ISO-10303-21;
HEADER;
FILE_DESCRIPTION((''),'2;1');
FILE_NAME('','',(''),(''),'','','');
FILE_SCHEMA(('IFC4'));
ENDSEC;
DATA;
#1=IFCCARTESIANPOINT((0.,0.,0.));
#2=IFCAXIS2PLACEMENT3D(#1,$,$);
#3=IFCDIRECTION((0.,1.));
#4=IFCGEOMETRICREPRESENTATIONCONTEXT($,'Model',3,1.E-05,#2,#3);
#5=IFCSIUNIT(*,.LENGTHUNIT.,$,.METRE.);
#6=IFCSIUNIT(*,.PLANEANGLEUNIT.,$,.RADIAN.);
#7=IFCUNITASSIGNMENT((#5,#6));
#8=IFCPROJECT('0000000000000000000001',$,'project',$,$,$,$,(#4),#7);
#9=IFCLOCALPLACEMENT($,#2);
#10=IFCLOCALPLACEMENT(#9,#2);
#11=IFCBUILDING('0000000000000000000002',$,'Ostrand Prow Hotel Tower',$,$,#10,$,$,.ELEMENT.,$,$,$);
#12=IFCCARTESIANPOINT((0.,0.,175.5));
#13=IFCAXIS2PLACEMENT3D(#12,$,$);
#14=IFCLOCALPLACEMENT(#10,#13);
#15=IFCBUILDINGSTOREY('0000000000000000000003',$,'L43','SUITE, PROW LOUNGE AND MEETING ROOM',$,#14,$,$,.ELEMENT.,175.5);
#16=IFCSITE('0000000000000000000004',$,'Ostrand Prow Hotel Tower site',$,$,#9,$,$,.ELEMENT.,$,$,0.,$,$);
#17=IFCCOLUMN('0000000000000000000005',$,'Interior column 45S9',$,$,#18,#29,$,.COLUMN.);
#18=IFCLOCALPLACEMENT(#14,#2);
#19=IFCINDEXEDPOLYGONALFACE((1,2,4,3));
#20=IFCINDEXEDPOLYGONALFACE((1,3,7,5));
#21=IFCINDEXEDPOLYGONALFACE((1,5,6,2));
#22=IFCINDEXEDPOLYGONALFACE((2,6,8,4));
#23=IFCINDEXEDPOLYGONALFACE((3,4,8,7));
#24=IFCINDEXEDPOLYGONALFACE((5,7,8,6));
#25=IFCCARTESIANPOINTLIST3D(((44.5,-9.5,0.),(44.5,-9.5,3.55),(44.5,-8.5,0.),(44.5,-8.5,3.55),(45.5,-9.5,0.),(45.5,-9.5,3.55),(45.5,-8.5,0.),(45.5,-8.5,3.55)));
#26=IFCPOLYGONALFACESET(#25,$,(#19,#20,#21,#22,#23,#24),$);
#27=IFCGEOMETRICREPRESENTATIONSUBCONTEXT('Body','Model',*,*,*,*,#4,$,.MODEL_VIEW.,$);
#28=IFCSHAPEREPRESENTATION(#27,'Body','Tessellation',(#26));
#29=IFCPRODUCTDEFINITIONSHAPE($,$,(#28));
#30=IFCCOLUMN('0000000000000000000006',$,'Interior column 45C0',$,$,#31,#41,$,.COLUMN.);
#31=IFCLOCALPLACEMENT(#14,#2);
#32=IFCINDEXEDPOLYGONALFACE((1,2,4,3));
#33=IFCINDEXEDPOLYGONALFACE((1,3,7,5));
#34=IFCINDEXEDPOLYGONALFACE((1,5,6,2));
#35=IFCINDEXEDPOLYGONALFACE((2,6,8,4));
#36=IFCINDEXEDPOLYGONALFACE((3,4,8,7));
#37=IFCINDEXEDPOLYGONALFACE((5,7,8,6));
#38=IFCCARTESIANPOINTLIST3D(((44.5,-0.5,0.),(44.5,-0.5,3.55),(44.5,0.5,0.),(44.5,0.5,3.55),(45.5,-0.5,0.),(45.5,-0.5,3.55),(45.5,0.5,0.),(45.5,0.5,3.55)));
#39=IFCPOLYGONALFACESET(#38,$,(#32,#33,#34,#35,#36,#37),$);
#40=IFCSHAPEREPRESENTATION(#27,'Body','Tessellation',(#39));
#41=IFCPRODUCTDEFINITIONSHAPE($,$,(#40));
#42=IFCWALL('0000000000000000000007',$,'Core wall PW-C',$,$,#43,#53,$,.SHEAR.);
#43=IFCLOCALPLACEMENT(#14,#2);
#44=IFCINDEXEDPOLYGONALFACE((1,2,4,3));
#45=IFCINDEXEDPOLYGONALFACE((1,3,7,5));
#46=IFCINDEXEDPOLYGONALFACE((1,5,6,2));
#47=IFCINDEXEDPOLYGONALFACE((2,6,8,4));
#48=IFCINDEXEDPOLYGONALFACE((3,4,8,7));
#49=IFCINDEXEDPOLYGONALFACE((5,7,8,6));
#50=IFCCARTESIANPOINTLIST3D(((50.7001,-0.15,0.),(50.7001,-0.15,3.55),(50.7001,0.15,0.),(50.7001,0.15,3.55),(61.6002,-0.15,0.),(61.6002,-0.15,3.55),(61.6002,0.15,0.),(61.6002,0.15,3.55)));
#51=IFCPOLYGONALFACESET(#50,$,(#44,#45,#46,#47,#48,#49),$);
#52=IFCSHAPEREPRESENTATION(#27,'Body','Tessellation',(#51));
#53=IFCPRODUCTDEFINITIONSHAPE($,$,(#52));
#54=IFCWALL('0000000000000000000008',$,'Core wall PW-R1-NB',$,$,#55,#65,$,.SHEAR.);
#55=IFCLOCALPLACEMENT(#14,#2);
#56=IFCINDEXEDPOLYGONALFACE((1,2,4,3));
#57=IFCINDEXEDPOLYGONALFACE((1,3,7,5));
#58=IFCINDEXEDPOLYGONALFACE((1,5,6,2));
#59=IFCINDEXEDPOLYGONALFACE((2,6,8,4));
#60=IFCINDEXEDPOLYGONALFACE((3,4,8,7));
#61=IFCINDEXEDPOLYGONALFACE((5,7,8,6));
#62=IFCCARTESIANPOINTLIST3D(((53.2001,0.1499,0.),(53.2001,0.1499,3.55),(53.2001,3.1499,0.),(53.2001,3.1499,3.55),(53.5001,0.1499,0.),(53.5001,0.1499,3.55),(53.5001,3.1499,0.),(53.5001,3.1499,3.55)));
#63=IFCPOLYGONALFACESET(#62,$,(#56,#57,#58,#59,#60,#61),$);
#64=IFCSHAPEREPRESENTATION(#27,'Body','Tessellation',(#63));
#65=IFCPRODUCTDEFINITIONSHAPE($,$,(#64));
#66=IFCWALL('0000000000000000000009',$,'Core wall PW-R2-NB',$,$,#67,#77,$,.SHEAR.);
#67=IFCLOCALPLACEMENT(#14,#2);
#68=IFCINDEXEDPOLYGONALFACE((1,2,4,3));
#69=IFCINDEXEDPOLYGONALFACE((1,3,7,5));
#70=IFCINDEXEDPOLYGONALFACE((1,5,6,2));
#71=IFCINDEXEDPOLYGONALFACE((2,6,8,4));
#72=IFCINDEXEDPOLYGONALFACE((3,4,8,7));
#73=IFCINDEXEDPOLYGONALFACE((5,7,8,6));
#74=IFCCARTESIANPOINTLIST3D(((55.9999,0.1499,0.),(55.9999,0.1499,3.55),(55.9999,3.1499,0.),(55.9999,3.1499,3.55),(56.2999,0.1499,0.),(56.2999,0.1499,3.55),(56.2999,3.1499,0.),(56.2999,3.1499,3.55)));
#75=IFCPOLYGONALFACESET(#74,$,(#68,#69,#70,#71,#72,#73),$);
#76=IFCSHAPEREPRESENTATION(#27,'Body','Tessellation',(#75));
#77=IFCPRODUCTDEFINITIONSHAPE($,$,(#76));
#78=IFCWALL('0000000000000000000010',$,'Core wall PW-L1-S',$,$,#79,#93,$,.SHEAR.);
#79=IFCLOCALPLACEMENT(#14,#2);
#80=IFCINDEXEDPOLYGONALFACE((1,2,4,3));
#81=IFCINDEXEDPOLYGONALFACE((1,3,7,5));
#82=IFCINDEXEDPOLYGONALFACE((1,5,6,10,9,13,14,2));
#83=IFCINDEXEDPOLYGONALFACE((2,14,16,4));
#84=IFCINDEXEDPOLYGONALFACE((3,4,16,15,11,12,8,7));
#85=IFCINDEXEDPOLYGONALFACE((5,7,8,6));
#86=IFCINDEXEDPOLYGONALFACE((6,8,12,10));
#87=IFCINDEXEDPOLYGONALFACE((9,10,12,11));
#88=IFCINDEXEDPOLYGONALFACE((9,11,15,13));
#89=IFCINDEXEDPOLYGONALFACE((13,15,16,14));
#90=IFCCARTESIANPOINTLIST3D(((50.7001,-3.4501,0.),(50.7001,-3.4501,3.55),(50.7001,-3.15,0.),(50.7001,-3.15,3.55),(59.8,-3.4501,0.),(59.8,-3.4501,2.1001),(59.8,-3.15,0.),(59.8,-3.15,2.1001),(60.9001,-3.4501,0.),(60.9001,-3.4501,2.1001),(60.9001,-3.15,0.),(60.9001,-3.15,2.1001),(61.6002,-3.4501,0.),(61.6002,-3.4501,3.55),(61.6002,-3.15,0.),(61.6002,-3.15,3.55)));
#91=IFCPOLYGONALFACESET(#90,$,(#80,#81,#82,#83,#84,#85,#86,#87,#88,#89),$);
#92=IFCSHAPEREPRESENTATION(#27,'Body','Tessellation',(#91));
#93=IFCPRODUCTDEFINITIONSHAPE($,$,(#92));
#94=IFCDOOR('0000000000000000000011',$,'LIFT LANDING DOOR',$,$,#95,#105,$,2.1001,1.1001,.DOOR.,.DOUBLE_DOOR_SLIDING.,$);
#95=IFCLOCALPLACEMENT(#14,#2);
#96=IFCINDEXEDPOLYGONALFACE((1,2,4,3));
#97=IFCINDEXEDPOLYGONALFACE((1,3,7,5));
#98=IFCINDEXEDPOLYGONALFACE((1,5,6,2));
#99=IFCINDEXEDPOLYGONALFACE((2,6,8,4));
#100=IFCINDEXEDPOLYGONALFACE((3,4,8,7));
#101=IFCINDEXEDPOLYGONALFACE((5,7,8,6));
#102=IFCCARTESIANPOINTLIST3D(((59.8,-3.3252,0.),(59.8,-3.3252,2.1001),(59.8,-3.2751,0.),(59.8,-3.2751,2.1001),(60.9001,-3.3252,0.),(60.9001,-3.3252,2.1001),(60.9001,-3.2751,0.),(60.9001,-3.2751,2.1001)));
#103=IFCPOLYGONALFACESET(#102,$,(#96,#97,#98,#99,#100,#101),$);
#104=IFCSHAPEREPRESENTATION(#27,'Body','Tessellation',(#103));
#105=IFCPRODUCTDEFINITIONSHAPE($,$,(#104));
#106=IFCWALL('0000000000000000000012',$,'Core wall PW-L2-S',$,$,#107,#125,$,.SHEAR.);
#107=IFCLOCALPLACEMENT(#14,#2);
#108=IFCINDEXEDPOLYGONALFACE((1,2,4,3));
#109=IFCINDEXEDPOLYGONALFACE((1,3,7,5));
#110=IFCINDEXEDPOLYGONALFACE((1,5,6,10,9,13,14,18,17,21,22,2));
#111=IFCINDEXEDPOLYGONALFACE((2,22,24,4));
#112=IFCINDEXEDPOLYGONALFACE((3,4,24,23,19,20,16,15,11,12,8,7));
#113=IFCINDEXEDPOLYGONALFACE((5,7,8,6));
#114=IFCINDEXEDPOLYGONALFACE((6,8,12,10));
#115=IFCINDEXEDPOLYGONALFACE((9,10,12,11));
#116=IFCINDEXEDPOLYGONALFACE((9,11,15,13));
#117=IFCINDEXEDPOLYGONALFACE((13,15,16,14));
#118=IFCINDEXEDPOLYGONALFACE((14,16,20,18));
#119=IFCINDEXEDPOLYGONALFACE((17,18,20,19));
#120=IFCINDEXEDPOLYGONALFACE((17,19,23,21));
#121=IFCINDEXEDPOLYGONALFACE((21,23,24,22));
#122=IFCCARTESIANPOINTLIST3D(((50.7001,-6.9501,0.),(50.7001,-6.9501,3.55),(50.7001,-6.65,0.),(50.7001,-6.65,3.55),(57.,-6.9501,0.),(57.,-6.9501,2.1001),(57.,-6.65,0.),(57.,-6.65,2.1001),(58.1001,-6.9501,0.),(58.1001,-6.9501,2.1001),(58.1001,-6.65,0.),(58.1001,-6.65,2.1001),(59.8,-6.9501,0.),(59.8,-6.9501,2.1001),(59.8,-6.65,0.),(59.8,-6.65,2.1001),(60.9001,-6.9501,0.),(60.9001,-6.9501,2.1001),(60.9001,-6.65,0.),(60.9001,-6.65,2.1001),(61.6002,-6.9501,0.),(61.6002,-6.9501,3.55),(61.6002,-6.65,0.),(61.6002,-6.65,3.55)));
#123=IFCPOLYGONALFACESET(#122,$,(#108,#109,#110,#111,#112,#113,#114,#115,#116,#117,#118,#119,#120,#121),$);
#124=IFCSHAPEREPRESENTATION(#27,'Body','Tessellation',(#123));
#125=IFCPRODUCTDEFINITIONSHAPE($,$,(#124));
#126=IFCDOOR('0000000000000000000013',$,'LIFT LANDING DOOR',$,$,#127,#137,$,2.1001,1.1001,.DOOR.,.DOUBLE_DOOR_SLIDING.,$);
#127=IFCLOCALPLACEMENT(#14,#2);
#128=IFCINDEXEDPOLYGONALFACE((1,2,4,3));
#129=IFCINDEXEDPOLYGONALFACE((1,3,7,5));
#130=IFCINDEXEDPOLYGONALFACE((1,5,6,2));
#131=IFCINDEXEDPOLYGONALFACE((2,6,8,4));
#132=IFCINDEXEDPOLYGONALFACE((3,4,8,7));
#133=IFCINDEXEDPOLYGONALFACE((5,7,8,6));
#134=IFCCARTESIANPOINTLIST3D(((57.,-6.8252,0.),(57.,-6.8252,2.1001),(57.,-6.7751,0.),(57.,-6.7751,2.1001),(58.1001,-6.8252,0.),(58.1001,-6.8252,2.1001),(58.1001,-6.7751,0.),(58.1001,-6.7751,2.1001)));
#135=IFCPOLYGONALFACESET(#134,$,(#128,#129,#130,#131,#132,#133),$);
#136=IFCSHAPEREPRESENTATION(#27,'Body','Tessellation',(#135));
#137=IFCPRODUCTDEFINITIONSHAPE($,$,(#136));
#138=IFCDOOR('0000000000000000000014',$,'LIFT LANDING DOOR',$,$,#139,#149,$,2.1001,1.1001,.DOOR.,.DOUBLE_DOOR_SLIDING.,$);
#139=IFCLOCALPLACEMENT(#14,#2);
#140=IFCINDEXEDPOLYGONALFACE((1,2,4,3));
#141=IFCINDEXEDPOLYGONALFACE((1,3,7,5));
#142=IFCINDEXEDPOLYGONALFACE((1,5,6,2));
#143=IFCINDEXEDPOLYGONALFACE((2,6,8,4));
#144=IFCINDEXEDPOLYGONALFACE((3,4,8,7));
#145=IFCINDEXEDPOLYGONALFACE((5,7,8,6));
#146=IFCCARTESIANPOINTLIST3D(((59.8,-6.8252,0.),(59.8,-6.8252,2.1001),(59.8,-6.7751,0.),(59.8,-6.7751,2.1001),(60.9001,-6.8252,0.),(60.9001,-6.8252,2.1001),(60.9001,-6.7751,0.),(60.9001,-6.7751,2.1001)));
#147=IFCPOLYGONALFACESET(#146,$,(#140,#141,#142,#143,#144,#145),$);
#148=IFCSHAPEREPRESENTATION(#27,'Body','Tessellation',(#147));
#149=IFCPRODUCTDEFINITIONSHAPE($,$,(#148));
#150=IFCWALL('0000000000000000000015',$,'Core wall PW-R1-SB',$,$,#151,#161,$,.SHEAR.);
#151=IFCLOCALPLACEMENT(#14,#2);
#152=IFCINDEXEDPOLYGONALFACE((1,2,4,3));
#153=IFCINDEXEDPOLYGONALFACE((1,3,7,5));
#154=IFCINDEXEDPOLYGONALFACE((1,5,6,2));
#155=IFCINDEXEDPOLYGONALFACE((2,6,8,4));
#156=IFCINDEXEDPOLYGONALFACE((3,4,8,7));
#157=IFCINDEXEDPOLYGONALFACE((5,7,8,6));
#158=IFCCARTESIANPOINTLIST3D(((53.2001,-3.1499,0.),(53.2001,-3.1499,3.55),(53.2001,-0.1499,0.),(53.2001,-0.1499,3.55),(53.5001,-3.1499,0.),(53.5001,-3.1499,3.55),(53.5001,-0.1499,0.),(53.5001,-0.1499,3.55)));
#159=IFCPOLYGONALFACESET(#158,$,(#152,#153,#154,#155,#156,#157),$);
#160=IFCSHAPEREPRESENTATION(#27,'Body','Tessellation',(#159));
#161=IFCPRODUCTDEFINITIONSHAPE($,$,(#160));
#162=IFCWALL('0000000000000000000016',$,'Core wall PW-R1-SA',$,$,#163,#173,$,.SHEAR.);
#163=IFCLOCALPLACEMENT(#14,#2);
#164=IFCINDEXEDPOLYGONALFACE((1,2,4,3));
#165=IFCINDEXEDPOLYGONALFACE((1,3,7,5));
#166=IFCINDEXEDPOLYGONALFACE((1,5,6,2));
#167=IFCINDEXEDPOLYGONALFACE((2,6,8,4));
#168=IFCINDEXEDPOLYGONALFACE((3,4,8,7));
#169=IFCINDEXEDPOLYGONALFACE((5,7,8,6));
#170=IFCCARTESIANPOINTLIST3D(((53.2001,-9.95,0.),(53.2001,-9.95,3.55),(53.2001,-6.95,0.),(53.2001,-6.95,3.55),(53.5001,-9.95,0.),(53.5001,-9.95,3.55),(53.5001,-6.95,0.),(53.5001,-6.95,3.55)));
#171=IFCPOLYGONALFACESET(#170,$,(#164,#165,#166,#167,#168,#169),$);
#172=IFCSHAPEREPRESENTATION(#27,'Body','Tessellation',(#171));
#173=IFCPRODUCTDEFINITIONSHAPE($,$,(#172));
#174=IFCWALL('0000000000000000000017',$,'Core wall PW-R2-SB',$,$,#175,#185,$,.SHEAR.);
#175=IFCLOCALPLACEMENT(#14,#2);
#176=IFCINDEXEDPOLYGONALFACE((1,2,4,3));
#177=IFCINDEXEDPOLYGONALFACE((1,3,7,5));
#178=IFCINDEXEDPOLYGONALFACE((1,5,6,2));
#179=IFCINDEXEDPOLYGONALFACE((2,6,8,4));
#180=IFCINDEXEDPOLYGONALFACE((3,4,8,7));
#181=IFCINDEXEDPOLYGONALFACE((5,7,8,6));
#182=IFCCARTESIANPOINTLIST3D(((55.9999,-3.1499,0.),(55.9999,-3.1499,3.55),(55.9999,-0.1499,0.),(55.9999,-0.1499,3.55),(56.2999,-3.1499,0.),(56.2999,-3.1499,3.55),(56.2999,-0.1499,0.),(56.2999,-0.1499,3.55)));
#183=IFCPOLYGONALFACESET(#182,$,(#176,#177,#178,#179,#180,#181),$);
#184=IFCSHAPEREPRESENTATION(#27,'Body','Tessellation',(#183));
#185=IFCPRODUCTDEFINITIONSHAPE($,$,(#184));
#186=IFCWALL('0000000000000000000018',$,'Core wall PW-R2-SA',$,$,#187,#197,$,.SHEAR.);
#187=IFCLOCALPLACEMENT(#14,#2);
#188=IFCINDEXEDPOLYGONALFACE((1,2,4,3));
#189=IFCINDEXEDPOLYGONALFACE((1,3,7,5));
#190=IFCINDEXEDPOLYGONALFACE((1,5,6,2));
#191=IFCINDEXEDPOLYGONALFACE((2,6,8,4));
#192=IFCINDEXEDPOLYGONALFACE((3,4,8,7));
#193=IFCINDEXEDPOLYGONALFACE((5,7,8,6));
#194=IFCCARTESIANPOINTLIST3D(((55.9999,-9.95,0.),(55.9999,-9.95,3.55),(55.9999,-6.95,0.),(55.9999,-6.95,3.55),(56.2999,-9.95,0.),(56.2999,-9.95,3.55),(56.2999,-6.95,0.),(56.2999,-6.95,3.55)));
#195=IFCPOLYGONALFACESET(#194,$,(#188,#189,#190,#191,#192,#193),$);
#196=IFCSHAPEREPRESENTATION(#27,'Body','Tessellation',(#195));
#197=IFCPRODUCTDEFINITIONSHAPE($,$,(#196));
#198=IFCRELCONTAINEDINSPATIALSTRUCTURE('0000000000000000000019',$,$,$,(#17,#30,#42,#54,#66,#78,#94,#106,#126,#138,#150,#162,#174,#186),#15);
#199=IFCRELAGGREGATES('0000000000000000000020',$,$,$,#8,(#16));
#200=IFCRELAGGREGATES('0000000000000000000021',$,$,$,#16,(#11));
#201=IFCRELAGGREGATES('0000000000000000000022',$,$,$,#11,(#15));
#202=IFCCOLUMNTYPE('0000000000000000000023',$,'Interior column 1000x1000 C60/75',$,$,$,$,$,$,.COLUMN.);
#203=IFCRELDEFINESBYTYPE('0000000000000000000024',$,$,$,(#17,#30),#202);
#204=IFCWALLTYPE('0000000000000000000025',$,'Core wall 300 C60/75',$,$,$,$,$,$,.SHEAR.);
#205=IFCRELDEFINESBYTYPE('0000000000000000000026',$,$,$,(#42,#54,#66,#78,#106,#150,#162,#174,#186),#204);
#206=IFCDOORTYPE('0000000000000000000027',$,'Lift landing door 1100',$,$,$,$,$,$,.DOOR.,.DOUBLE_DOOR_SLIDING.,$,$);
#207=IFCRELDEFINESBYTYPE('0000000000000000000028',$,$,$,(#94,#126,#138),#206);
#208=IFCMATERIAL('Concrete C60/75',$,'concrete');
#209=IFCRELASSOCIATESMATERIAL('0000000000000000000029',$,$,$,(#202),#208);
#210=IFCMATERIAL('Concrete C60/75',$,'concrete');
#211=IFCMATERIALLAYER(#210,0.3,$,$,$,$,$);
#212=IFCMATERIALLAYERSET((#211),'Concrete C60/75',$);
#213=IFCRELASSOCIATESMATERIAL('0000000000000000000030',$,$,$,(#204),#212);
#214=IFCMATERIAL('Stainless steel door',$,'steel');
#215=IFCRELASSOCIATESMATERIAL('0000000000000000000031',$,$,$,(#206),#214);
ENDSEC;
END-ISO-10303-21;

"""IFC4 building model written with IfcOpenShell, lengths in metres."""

from ifc_helpers import new_model, si_unit, direction, frame, frame_2d, origin, origin_2d, place, context, subcontext, project, spatial, rectangle, extrude, material, layer, layer_set, material_profile, profile_set, type_object, element, fill, save


model = new_model("IFC4")

# Units and contexts
model_context = context("Model", 3, precision=1e-05, world=origin(), true_north=direction((0.0, 1.0)))
body_context = subcontext(model_context, "Body", "Model", "MODEL_VIEW")
ifc_project = project(units=[si_unit("LENGTHUNIT", "METRE"), si_unit("PLANEANGLEUNIT", "RADIAN")], contexts=[model_context])

# Site, building, storey
site_placement = place(None, origin())
site = spatial("IfcSite", under=ifc_project, at=site_placement, Name="Ostrand Prow Hotel Tower site", CompositionType="ELEMENT", RefElevation=0.0)
building_placement = place(site_placement, origin())
building = spatial("IfcBuilding", under=site, at=building_placement, Name="Ostrand Prow Hotel Tower", CompositionType="ELEMENT")
storey_placement = place(building_placement, frame((0.0, 0.0, 175.5)))
storey = spatial("IfcBuildingStorey", under=building, at=storey_placement, Name="L43", Description="SUITE, PROW LOUNGE AND MEETING ROOM", CompositionType="ELEMENT", Elevation=175.5)

# Columns
ifc_material_1 = material(Name="Concrete C60/75", Category="concrete")
ifc_material_profile = material_profile(ifc_material_1, rectangle(XDim=1.0, YDim=1.0, at=origin_2d()), Name="RC 1000x1000")
ifc_profile_set = profile_set([ifc_material_profile], Name="Concrete C60/75")
column_type = type_object("IfcColumnType", Name="Interior column 1000x1000 C60/75", PredefinedType="COLUMN", material=ifc_profile_set)
for number, where, z_axis, x_axis, name in (
    (1, (45.0, -9.0, 0.0), (0.0, 0.0, 1.0), (1.0, 0.0, 0.0), "Interior column 45S9"),
    (2, (45.0, 0.0, 0.0), (0.0, 0.0, 1.0), (1.0, 0.0, 0.0), "Interior column 45C0"),
):
    element("IfcColumn", number, at=place(storey_placement, frame(where, z_axis=z_axis, x_axis=x_axis)), inside=storey, type_object=column_type, Name=name, PredefinedType="COLUMN", context=body_context, shape_type="SweptSolid", body=[
        extrude(rectangle(XDim=1.0, YDim=1.0, at=origin_2d()), origin(), (0.0, 0.0, 1.0), 3.55),
    ])

# Walls
ifc_material_2 = material(Name="Concrete C60/75", Category="concrete")
ifc_layer_1 = layer(ifc_material_2, 0.3)
ifc_layer_set_1 = layer_set([ifc_layer_1], Name="Concrete C60/75")
wall_type_1 = type_object("IfcWallType", Name="Core wall 300 C60/75", PredefinedType="SHEAR", material=ifc_layer_set_1)
wall_1_placement = place(storey_placement, frame((50.7, 0.0, 0.0), z_axis=(0.0, 0.0, 1.0), x_axis=(1.0, 0.0, 0.0)))
element("IfcWall", 3, at=wall_1_placement, inside=storey, type_object=wall_type_1, Name="Core wall PW-C", PredefinedType="SHEAR", context=body_context, shape_type="SweptSolid", body=[
    extrude(rectangle(XDim=10.9001, YDim=0.3, at=frame_2d((5.4502, 0.0))), origin(), (0.0, 0.0, 1.0), 3.55),
])
for number, where, z_axis, x_axis, name in (
    (4, (53.3501, 0.1499, 0.0), (0.0, 0.0, 1.0), (0.0, 1.0, 0.0), "Core wall PW-R1-NB"),
    (5, (56.1499, 0.1499, 0.0), (0.0, 0.0, 1.0), (0.0, 1.0, 0.0), "Core wall PW-R2-NB"),
):
    element("IfcWall", number, at=place(storey_placement, frame(where, z_axis=z_axis, x_axis=x_axis)), inside=storey, type_object=wall_type_1, Name=name, PredefinedType="SHEAR", context=body_context, shape_type="SweptSolid", body=[
        extrude(rectangle(XDim=3.0, YDim=0.3, at=frame_2d((1.5, 0.0))), origin(), (0.0, 0.0, 1.0), 3.55),
    ])

# Wall, opening, door
wall_2_placement = place(storey_placement, frame((50.7, -3.3, 0.0), z_axis=(0.0, 0.0, 1.0), x_axis=(1.0, 0.0, 0.0)))
wall_2 = element("IfcWall", 6, at=wall_2_placement, inside=storey, type_object=wall_type_1, Name="Core wall PW-L1-S", PredefinedType="SHEAR", context=body_context, shape_type="SweptSolid", body=[
    extrude(rectangle(XDim=10.9001, YDim=0.3, at=frame_2d((5.4502, 0.0))), origin(), (0.0, 0.0, 1.0), 3.55),
])
opening_1_placement = place(wall_2_placement, frame((9.1001, 0.0, 0.0)))
opening_1 = element("IfcOpeningElement", 7, at=opening_1_placement, cuts=wall_2, PredefinedType="OPENING", context=body_context, shape_type="SweptSolid", body=[
    extrude(rectangle(XDim=1.1001, YDim=2.1001, at=frame_2d((0.55, 1.05))), frame((0.0, 0.1599, 0.0), z_axis=(0.0, -1.0, 0.0), x_axis=(1.0, 0.0, 0.0)), (0.0, 0.0, 1.0), 0.3201),
])
ifc_material_3 = material(Name="Stainless steel door", Category="steel")
door_type_1 = type_object("IfcDoorType", Name="Lift landing door 1100", OperationType="DOUBLE_DOOR_SLIDING", PredefinedType="DOOR", material=ifc_material_3)
door_1_placement = place(opening_1_placement, origin())
door_1 = element("IfcDoor", 8, at=door_1_placement, inside=storey, type_object=door_type_1, Name="LIFT LANDING DOOR", OperationType="DOUBLE_DOOR_SLIDING", OverallHeight=2.1001, OverallWidth=1.1001, PredefinedType="DOOR", context=body_context, shape_type="SweptSolid", body=[
    extrude(rectangle(XDim=1.1001, YDim=2.1001, at=frame_2d((0.55, 1.05))), frame((0.0, 0.0249, 0.0), z_axis=(0.0, -1.0, 0.0), x_axis=(1.0, 0.0, 0.0)), (0.0, 0.0, 1.0), 0.05),
])
fill(opening_1, door_1)

# Wall, openings, doors
wall_3_placement = place(storey_placement, frame((50.7, -6.8, 0.0), z_axis=(0.0, 0.0, 1.0), x_axis=(1.0, 0.0, 0.0)))
wall_3 = element("IfcWall", 9, at=wall_3_placement, inside=storey, type_object=wall_type_1, Name="Core wall PW-L2-S", PredefinedType="SHEAR", context=body_context, shape_type="SweptSolid", body=[
    extrude(rectangle(XDim=10.9001, YDim=0.3, at=frame_2d((5.4502, 0.0))), origin(), (0.0, 0.0, 1.0), 3.55),
])
opening_2_placement = place(wall_3_placement, frame((6.3, 0.0, 0.0)))
opening_2 = element("IfcOpeningElement", 10, at=opening_2_placement, cuts=wall_3, PredefinedType="OPENING", context=body_context, shape_type="SweptSolid", body=[
    extrude(rectangle(XDim=1.1001, YDim=2.1001, at=frame_2d((0.55, 1.05))), frame((0.0, 0.1599, 0.0), z_axis=(0.0, -1.0, 0.0), x_axis=(1.0, 0.0, 0.0)), (0.0, 0.0, 1.0), 0.3201),
])
opening_3_placement = place(wall_3_placement, frame((9.1001, 0.0, 0.0)))
opening_3 = element("IfcOpeningElement", 11, at=opening_3_placement, cuts=wall_3, PredefinedType="OPENING", context=body_context, shape_type="SweptSolid", body=[
    extrude(rectangle(XDim=1.1001, YDim=2.1001, at=frame_2d((0.55, 1.05))), frame((0.0, 0.1599, 0.0), z_axis=(0.0, -1.0, 0.0), x_axis=(1.0, 0.0, 0.0)), (0.0, 0.0, 1.0), 0.3201),
])
door_2_placement = place(opening_2_placement, origin())
door_2 = element("IfcDoor", 12, at=door_2_placement, inside=storey, type_object=door_type_1, Name="LIFT LANDING DOOR", OperationType="DOUBLE_DOOR_SLIDING", OverallHeight=2.1001, OverallWidth=1.1001, PredefinedType="DOOR", context=body_context, shape_type="SweptSolid", body=[
    extrude(rectangle(XDim=1.1001, YDim=2.1001, at=frame_2d((0.55, 1.05))), frame((0.0, 0.0249, 0.0), z_axis=(0.0, -1.0, 0.0), x_axis=(1.0, 0.0, 0.0)), (0.0, 0.0, 1.0), 0.05),
])
fill(opening_2, door_2)
door_3_placement = place(opening_3_placement, origin())
door_3 = element("IfcDoor", 13, at=door_3_placement, inside=storey, type_object=door_type_1, Name="LIFT LANDING DOOR", OperationType="DOUBLE_DOOR_SLIDING", OverallHeight=2.1001, OverallWidth=1.1001, PredefinedType="DOOR", context=body_context, shape_type="SweptSolid", body=[
    extrude(rectangle(XDim=1.1001, YDim=2.1001, at=frame_2d((0.55, 1.05))), frame((0.0, 0.0249, 0.0), z_axis=(0.0, -1.0, 0.0), x_axis=(1.0, 0.0, 0.0)), (0.0, 0.0, 1.0), 0.05),
])
fill(opening_3, door_3)

# Walls
for number, where, z_axis, x_axis, name in (
    (14, (53.3501, -3.1499, 0.0), (0.0, 0.0, 1.0), (0.0, 1.0, 0.0), "Core wall PW-R1-SB"),
    (15, (53.3501, -9.95, 0.0), (0.0, 0.0, 1.0), (0.0, 1.0, 0.0), "Core wall PW-R1-SA"),
    (16, (56.1499, -3.1499, 0.0), (0.0, 0.0, 1.0), (0.0, 1.0, 0.0), "Core wall PW-R2-SB"),
    (17, (56.1499, -9.95, 0.0), (0.0, 0.0, 1.0), (0.0, 1.0, 0.0), "Core wall PW-R2-SA"),
):
    element("IfcWall", number, at=place(storey_placement, frame(where, z_axis=z_axis, x_axis=x_axis)), inside=storey, type_object=wall_type_1, Name=name, PredefinedType="SHEAR", context=body_context, shape_type="SweptSolid", body=[
        extrude(rectangle(XDim=3.0, YDim=0.3, at=frame_2d((1.5, 0.0))), origin(), (0.0, 0.0, 1.0), 3.55),
    ])

save(model, "model.ifc")
